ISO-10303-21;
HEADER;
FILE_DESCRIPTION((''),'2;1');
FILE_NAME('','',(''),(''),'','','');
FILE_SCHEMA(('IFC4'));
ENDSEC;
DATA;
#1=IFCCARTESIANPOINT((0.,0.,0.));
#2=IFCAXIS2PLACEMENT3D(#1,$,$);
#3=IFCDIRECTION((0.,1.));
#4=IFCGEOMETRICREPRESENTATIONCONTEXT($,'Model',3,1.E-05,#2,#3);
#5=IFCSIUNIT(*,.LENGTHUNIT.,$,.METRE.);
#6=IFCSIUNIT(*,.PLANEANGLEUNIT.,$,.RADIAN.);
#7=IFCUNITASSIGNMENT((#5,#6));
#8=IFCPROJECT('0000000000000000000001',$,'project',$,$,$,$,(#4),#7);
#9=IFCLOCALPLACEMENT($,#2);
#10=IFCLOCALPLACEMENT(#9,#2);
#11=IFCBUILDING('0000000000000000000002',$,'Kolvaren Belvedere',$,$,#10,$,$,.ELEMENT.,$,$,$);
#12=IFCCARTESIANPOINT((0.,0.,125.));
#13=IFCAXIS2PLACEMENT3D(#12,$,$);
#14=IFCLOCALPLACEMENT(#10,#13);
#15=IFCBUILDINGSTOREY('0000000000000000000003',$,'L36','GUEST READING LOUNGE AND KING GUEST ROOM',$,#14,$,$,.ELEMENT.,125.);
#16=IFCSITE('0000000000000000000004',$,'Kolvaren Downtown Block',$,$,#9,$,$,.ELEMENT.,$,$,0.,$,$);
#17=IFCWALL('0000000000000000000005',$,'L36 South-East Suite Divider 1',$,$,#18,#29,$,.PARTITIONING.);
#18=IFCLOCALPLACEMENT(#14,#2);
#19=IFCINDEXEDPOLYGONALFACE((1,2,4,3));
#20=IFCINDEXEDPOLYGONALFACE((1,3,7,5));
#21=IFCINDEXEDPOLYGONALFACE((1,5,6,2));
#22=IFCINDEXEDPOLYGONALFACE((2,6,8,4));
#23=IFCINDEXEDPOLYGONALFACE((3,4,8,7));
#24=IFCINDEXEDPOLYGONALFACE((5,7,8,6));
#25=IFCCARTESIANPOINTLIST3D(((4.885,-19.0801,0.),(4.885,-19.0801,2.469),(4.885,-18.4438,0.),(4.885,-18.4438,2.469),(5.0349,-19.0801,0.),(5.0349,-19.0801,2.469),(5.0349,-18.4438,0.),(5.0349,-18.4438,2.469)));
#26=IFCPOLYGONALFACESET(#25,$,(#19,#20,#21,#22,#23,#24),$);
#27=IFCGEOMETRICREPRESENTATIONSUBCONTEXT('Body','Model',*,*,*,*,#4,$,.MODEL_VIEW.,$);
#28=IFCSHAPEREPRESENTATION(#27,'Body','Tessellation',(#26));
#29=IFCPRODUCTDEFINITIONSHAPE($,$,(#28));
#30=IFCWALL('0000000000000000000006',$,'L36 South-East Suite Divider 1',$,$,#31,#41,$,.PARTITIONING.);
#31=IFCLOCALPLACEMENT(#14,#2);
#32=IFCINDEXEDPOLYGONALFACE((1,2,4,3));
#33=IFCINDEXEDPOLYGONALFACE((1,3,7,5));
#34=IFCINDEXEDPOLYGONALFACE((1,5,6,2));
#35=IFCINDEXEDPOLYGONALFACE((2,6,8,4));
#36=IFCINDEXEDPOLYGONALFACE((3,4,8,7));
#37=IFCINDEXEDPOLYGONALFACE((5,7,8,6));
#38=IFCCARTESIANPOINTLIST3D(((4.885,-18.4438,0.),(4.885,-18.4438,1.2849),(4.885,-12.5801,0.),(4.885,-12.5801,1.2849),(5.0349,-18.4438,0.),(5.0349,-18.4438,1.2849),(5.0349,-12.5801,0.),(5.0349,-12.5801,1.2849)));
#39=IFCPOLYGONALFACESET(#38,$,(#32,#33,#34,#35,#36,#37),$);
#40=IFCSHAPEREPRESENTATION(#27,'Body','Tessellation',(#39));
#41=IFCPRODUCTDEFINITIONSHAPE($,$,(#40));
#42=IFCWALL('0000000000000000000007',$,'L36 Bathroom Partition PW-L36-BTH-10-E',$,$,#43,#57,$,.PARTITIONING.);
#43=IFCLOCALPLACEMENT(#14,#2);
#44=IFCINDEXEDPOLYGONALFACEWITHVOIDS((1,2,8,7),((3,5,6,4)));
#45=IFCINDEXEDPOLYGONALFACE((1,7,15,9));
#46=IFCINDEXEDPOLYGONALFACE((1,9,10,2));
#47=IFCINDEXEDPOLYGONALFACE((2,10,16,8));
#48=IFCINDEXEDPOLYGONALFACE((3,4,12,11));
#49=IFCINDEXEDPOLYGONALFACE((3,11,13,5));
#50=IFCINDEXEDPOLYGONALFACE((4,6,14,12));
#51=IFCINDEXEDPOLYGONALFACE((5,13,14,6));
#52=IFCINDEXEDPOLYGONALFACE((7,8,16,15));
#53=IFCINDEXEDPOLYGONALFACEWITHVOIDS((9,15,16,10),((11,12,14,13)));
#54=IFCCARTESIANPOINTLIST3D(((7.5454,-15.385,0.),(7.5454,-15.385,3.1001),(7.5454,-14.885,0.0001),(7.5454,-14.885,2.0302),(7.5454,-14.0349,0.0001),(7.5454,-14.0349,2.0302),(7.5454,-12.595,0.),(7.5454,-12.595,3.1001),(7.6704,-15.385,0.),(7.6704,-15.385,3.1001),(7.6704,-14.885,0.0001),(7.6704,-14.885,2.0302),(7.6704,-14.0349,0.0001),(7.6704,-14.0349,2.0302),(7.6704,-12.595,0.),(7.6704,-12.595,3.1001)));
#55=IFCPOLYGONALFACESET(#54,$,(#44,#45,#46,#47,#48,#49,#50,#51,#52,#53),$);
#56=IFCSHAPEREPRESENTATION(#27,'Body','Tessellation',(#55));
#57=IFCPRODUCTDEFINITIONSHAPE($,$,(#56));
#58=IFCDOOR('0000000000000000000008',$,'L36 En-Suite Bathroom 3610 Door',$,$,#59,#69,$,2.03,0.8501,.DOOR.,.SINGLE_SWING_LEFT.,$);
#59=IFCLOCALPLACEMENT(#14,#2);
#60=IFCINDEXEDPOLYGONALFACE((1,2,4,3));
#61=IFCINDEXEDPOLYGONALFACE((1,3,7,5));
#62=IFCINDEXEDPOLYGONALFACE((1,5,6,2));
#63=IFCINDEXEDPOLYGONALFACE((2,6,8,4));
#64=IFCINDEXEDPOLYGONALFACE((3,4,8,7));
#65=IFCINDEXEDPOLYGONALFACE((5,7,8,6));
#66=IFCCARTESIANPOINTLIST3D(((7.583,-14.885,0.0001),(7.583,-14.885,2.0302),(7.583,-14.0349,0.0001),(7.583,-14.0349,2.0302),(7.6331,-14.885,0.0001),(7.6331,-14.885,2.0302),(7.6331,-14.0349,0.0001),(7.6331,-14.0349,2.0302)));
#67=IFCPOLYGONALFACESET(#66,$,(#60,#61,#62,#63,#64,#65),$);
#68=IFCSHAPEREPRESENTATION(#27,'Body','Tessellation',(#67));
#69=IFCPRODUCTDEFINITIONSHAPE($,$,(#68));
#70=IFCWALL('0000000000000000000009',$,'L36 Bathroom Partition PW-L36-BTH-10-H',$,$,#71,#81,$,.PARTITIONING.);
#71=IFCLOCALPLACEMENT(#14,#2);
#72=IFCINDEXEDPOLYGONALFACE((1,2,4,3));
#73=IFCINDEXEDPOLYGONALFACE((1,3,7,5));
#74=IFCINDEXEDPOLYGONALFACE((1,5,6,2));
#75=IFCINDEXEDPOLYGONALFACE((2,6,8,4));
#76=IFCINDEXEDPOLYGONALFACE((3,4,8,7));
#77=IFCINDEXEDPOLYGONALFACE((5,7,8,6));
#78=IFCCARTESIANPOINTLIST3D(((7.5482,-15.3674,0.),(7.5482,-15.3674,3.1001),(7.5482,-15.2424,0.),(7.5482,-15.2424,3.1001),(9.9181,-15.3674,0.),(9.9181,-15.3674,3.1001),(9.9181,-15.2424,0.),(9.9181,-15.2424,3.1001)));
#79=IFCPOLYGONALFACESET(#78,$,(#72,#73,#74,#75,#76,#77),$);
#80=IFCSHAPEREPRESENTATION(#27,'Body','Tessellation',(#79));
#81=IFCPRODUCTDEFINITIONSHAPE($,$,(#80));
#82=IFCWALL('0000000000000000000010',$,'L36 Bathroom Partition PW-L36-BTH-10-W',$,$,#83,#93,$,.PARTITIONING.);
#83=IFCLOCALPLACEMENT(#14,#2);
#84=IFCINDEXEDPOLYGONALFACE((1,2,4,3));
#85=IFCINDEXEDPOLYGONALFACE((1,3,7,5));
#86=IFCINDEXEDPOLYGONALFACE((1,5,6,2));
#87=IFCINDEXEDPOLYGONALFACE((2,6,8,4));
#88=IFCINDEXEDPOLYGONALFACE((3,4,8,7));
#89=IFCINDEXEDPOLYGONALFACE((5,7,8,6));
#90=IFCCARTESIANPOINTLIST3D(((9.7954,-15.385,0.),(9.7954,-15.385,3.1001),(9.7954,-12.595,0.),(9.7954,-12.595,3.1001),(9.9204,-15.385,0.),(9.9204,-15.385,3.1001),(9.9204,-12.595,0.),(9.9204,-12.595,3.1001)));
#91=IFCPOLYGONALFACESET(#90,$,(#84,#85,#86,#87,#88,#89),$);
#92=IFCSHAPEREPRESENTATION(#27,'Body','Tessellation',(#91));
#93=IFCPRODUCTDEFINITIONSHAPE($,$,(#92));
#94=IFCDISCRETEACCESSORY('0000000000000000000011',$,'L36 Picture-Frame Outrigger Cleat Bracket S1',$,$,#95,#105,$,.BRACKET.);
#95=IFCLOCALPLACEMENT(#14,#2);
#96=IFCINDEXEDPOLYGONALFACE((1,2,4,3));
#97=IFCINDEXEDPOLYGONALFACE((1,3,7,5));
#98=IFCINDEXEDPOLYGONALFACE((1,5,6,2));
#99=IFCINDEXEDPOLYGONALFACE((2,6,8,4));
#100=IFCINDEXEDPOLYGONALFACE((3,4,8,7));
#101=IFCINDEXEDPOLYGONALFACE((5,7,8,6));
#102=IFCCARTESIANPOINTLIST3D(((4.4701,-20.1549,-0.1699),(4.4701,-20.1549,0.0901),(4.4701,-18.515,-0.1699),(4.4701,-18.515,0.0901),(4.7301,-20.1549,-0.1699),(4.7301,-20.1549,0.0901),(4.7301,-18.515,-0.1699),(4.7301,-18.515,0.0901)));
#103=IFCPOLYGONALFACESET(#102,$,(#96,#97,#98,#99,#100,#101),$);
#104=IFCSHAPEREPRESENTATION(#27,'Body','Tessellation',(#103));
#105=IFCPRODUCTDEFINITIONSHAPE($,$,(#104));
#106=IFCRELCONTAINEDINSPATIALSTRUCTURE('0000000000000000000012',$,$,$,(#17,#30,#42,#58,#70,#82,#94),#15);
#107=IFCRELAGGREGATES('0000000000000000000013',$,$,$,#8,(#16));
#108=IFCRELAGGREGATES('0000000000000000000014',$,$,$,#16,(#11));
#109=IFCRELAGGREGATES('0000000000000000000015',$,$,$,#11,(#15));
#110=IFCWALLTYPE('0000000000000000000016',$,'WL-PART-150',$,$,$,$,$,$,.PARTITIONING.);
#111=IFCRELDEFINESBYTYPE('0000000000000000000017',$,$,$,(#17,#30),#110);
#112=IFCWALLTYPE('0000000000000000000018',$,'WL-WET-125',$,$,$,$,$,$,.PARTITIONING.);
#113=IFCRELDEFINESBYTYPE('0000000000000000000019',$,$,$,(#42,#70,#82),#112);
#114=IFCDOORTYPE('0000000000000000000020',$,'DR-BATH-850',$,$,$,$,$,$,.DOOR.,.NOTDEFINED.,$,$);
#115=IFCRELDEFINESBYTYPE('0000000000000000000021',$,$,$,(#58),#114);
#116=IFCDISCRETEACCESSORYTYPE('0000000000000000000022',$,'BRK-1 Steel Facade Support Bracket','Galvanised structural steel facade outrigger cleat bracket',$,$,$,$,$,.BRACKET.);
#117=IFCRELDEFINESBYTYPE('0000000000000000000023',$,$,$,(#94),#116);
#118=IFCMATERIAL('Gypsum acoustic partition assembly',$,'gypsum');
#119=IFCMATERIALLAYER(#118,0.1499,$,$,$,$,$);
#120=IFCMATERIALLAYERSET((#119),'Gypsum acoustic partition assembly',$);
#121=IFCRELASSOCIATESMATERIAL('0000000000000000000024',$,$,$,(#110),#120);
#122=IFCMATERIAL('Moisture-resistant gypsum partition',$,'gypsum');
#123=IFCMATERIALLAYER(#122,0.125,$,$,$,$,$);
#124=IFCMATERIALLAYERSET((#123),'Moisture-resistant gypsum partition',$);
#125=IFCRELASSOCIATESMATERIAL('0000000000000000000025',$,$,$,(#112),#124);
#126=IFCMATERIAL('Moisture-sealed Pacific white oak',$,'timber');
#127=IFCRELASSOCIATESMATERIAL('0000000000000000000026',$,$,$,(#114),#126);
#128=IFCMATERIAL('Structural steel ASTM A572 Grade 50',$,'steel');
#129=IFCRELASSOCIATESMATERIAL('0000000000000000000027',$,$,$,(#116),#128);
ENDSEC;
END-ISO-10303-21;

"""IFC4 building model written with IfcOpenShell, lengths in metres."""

from ifc_helpers import new_model, si_unit, direction, frame, frame_2d, origin, origin_2d, place, context, subcontext, project, spatial, rectangle, extrude, material, layer, layer_set, type_object, element, fill, save


model = new_model("IFC4")

# Units and contexts
model_context = context("Model", 3, precision=1e-05, world=origin(), true_north=direction((0.0, 1.0)))
body_context = subcontext(model_context, "Body", "Model", "MODEL_VIEW")
ifc_project = project(units=[si_unit("LENGTHUNIT", "METRE"), si_unit("PLANEANGLEUNIT", "RADIAN")], contexts=[model_context])

# Site, building, storey
site_placement = place(None, origin())
site = spatial("IfcSite", under=ifc_project, at=site_placement, Name="Kolvaren Downtown Block", CompositionType="ELEMENT", RefElevation=0.0)
building_placement = place(site_placement, origin())
building = spatial("IfcBuilding", under=site, at=building_placement, Name="Kolvaren Belvedere", CompositionType="ELEMENT")
storey_placement = place(building_placement, frame((0.0, 0.0, 125.0)))
storey = spatial("IfcBuildingStorey", under=building, at=storey_placement, Name="L36", Description="GUEST READING LOUNGE AND KING GUEST ROOM", CompositionType="ELEMENT", Elevation=125.0)

# Walls
ifc_material_1 = material(Name="Gypsum acoustic partition assembly", Category="gypsum")
ifc_layer_1 = layer(ifc_material_1, 0.1499)
ifc_layer_set_1 = layer_set([ifc_layer_1], Name="Gypsum acoustic partition assembly")
wall_type_1 = type_object("IfcWallType", Name="WL-PART-150", PredefinedType="PARTITIONING", material=ifc_layer_set_1)
wall_1_placement = place(storey_placement, frame((4.96, -19.0801, 0.0), z_axis=(0.0, 0.0, 1.0), x_axis=(0.0, 1.0, 0.0)))
element("IfcWall", 1, at=wall_1_placement, inside=storey, type_object=wall_type_1, Name="L36 South-East Suite Divider 1", PredefinedType="PARTITIONING", context=body_context, shape_type="SweptSolid", body=[
    extrude(rectangle(XDim=0.6362, YDim=0.1499, at=frame_2d((0.3181, 0.0))), origin(), (0.0, 0.0, 1.0), 2.469),
])
wall_2_placement = place(storey_placement, frame((4.96, -18.4438, 0.0), z_axis=(0.0, 0.0, 1.0), x_axis=(0.0, 1.0, 0.0)))
element("IfcWall", 2, at=wall_2_placement, inside=storey, type_object=wall_type_1, Name="L36 South-East Suite Divider 1", PredefinedType="PARTITIONING", context=body_context, shape_type="SweptSolid", body=[
    extrude(rectangle(XDim=5.8638, YDim=0.1499, at=frame_2d((2.9319, 0.0))), origin(), (0.0, 0.0, 1.0), 1.2849),
])

# Wall, opening, door
ifc_material_2 = material(Name="Moisture-resistant gypsum partition", Category="gypsum")
ifc_layer_2 = layer(ifc_material_2, 0.125)
ifc_layer_set_2 = layer_set([ifc_layer_2], Name="Moisture-resistant gypsum partition")
wall_type_2 = type_object("IfcWallType", Name="WL-WET-125", PredefinedType="PARTITIONING", material=ifc_layer_set_2)
wall_3_placement = place(storey_placement, frame((7.6079, -15.385, 0.0), z_axis=(0.0, 0.0, 1.0), x_axis=(0.0, 1.0, 0.0)))
wall_3 = element("IfcWall", 3, at=wall_3_placement, inside=storey, type_object=wall_type_2, Name="L36 Bathroom Partition PW-L36-BTH-10-E", PredefinedType="PARTITIONING", context=body_context, shape_type="SweptSolid", body=[
    extrude(rectangle(XDim=2.79, YDim=0.125, at=frame_2d((1.395, 0.0))), origin(), (0.0, 0.0, 1.0), 3.1001),
])
opening_1_placement = place(wall_3_placement, frame((0.5, 0.0, 0.0)))
opening_1 = element("IfcOpeningElement", 4, at=opening_1_placement, cuts=wall_3, PredefinedType="OPENING", context=body_context, shape_type="SweptSolid", body=[
    extrude(rectangle(XDim=0.8501, YDim=2.03, at=frame_2d((0.425, 1.0151))), frame((0.0, 0.0725, 0.0), z_axis=(0.0, -1.0, 0.0), x_axis=(1.0, 0.0, 0.0)), (0.0, 0.0, 1.0), 0.145),
])
ifc_material_3 = material(Name="Moisture-sealed Pacific white oak", Category="timber")
door_type_1 = type_object("IfcDoorType", Name="DR-BATH-850", OperationType="NOTDEFINED", PredefinedType="DOOR", material=ifc_material_3)
door_1_placement = place(opening_1_placement, origin())
door_1 = element("IfcDoor", 5, at=door_1_placement, inside=storey, type_object=door_type_1, Name="L36 En-Suite Bathroom 3610 Door", OperationType="SINGLE_SWING_LEFT", OverallHeight=2.03, OverallWidth=0.8501, PredefinedType="DOOR", context=body_context, shape_type="SweptSolid", body=[
    extrude(rectangle(XDim=0.8501, YDim=2.03, at=frame_2d((0.425, 1.0151))), frame((0.0, 0.0249, 0.0), z_axis=(0.0, -1.0, 0.0), x_axis=(1.0, 0.0, 0.0)), (0.0, 0.0, 1.0), 0.05),
])
fill(opening_1, door_1)

# Walls
wall_4_placement = place(storey_placement, frame((7.5481, -15.3049, 0.0), z_axis=(0.0, 0.0, 1.0), x_axis=(1.0, 0.0, 0.0)))
element("IfcWall", 6, at=wall_4_placement, inside=storey, type_object=wall_type_2, Name="L36 Bathroom Partition PW-L36-BTH-10-H", PredefinedType="PARTITIONING", context=body_context, shape_type="SweptSolid", body=[
    extrude(rectangle(XDim=2.3699, YDim=0.125, at=frame_2d((1.1851, 0.0))), origin(), (0.0, 0.0, 1.0), 3.1001),
])
wall_5_placement = place(storey_placement, frame((9.8579, -15.385, 0.0), z_axis=(0.0, 0.0, 1.0), x_axis=(0.0, 1.0, 0.0)))
element("IfcWall", 7, at=wall_5_placement, inside=storey, type_object=wall_type_2, Name="L36 Bathroom Partition PW-L36-BTH-10-W", PredefinedType="PARTITIONING", context=body_context, shape_type="SweptSolid", body=[
    extrude(rectangle(XDim=2.79, YDim=0.125, at=frame_2d((1.395, 0.0))), origin(), (0.0, 0.0, 1.0), 3.1001),
])

# Discrete accessory
ifc_material_4 = material(Name="Structural steel ASTM A572 Grade 50", Category="steel")
discrete_accessory_type = type_object("IfcDiscreteAccessoryType", Name="BRK-1 Steel Facade Support Bracket", Description="Galvanised structural steel facade outrigger cleat bracket", PredefinedType="BRACKET", material=ifc_material_4)
discrete_accessory_placement = place(storey_placement, frame((4.6001, -19.335, -0.1699), z_axis=(0.0, 0.0, 1.0), x_axis=(0.0, 1.0, 0.0)))
element("IfcDiscreteAccessory", 8, at=discrete_accessory_placement, inside=storey, type_object=discrete_accessory_type, Name="L36 Picture-Frame Outrigger Cleat Bracket S1", PredefinedType="BRACKET", context=body_context, shape_type="SweptSolid", body=[
    extrude(rectangle(XDim=1.6399, YDim=0.26, at=origin_2d()), origin(), (0.0, 0.0, 1.0), 0.26),
])

save(model, "model.ifc")
